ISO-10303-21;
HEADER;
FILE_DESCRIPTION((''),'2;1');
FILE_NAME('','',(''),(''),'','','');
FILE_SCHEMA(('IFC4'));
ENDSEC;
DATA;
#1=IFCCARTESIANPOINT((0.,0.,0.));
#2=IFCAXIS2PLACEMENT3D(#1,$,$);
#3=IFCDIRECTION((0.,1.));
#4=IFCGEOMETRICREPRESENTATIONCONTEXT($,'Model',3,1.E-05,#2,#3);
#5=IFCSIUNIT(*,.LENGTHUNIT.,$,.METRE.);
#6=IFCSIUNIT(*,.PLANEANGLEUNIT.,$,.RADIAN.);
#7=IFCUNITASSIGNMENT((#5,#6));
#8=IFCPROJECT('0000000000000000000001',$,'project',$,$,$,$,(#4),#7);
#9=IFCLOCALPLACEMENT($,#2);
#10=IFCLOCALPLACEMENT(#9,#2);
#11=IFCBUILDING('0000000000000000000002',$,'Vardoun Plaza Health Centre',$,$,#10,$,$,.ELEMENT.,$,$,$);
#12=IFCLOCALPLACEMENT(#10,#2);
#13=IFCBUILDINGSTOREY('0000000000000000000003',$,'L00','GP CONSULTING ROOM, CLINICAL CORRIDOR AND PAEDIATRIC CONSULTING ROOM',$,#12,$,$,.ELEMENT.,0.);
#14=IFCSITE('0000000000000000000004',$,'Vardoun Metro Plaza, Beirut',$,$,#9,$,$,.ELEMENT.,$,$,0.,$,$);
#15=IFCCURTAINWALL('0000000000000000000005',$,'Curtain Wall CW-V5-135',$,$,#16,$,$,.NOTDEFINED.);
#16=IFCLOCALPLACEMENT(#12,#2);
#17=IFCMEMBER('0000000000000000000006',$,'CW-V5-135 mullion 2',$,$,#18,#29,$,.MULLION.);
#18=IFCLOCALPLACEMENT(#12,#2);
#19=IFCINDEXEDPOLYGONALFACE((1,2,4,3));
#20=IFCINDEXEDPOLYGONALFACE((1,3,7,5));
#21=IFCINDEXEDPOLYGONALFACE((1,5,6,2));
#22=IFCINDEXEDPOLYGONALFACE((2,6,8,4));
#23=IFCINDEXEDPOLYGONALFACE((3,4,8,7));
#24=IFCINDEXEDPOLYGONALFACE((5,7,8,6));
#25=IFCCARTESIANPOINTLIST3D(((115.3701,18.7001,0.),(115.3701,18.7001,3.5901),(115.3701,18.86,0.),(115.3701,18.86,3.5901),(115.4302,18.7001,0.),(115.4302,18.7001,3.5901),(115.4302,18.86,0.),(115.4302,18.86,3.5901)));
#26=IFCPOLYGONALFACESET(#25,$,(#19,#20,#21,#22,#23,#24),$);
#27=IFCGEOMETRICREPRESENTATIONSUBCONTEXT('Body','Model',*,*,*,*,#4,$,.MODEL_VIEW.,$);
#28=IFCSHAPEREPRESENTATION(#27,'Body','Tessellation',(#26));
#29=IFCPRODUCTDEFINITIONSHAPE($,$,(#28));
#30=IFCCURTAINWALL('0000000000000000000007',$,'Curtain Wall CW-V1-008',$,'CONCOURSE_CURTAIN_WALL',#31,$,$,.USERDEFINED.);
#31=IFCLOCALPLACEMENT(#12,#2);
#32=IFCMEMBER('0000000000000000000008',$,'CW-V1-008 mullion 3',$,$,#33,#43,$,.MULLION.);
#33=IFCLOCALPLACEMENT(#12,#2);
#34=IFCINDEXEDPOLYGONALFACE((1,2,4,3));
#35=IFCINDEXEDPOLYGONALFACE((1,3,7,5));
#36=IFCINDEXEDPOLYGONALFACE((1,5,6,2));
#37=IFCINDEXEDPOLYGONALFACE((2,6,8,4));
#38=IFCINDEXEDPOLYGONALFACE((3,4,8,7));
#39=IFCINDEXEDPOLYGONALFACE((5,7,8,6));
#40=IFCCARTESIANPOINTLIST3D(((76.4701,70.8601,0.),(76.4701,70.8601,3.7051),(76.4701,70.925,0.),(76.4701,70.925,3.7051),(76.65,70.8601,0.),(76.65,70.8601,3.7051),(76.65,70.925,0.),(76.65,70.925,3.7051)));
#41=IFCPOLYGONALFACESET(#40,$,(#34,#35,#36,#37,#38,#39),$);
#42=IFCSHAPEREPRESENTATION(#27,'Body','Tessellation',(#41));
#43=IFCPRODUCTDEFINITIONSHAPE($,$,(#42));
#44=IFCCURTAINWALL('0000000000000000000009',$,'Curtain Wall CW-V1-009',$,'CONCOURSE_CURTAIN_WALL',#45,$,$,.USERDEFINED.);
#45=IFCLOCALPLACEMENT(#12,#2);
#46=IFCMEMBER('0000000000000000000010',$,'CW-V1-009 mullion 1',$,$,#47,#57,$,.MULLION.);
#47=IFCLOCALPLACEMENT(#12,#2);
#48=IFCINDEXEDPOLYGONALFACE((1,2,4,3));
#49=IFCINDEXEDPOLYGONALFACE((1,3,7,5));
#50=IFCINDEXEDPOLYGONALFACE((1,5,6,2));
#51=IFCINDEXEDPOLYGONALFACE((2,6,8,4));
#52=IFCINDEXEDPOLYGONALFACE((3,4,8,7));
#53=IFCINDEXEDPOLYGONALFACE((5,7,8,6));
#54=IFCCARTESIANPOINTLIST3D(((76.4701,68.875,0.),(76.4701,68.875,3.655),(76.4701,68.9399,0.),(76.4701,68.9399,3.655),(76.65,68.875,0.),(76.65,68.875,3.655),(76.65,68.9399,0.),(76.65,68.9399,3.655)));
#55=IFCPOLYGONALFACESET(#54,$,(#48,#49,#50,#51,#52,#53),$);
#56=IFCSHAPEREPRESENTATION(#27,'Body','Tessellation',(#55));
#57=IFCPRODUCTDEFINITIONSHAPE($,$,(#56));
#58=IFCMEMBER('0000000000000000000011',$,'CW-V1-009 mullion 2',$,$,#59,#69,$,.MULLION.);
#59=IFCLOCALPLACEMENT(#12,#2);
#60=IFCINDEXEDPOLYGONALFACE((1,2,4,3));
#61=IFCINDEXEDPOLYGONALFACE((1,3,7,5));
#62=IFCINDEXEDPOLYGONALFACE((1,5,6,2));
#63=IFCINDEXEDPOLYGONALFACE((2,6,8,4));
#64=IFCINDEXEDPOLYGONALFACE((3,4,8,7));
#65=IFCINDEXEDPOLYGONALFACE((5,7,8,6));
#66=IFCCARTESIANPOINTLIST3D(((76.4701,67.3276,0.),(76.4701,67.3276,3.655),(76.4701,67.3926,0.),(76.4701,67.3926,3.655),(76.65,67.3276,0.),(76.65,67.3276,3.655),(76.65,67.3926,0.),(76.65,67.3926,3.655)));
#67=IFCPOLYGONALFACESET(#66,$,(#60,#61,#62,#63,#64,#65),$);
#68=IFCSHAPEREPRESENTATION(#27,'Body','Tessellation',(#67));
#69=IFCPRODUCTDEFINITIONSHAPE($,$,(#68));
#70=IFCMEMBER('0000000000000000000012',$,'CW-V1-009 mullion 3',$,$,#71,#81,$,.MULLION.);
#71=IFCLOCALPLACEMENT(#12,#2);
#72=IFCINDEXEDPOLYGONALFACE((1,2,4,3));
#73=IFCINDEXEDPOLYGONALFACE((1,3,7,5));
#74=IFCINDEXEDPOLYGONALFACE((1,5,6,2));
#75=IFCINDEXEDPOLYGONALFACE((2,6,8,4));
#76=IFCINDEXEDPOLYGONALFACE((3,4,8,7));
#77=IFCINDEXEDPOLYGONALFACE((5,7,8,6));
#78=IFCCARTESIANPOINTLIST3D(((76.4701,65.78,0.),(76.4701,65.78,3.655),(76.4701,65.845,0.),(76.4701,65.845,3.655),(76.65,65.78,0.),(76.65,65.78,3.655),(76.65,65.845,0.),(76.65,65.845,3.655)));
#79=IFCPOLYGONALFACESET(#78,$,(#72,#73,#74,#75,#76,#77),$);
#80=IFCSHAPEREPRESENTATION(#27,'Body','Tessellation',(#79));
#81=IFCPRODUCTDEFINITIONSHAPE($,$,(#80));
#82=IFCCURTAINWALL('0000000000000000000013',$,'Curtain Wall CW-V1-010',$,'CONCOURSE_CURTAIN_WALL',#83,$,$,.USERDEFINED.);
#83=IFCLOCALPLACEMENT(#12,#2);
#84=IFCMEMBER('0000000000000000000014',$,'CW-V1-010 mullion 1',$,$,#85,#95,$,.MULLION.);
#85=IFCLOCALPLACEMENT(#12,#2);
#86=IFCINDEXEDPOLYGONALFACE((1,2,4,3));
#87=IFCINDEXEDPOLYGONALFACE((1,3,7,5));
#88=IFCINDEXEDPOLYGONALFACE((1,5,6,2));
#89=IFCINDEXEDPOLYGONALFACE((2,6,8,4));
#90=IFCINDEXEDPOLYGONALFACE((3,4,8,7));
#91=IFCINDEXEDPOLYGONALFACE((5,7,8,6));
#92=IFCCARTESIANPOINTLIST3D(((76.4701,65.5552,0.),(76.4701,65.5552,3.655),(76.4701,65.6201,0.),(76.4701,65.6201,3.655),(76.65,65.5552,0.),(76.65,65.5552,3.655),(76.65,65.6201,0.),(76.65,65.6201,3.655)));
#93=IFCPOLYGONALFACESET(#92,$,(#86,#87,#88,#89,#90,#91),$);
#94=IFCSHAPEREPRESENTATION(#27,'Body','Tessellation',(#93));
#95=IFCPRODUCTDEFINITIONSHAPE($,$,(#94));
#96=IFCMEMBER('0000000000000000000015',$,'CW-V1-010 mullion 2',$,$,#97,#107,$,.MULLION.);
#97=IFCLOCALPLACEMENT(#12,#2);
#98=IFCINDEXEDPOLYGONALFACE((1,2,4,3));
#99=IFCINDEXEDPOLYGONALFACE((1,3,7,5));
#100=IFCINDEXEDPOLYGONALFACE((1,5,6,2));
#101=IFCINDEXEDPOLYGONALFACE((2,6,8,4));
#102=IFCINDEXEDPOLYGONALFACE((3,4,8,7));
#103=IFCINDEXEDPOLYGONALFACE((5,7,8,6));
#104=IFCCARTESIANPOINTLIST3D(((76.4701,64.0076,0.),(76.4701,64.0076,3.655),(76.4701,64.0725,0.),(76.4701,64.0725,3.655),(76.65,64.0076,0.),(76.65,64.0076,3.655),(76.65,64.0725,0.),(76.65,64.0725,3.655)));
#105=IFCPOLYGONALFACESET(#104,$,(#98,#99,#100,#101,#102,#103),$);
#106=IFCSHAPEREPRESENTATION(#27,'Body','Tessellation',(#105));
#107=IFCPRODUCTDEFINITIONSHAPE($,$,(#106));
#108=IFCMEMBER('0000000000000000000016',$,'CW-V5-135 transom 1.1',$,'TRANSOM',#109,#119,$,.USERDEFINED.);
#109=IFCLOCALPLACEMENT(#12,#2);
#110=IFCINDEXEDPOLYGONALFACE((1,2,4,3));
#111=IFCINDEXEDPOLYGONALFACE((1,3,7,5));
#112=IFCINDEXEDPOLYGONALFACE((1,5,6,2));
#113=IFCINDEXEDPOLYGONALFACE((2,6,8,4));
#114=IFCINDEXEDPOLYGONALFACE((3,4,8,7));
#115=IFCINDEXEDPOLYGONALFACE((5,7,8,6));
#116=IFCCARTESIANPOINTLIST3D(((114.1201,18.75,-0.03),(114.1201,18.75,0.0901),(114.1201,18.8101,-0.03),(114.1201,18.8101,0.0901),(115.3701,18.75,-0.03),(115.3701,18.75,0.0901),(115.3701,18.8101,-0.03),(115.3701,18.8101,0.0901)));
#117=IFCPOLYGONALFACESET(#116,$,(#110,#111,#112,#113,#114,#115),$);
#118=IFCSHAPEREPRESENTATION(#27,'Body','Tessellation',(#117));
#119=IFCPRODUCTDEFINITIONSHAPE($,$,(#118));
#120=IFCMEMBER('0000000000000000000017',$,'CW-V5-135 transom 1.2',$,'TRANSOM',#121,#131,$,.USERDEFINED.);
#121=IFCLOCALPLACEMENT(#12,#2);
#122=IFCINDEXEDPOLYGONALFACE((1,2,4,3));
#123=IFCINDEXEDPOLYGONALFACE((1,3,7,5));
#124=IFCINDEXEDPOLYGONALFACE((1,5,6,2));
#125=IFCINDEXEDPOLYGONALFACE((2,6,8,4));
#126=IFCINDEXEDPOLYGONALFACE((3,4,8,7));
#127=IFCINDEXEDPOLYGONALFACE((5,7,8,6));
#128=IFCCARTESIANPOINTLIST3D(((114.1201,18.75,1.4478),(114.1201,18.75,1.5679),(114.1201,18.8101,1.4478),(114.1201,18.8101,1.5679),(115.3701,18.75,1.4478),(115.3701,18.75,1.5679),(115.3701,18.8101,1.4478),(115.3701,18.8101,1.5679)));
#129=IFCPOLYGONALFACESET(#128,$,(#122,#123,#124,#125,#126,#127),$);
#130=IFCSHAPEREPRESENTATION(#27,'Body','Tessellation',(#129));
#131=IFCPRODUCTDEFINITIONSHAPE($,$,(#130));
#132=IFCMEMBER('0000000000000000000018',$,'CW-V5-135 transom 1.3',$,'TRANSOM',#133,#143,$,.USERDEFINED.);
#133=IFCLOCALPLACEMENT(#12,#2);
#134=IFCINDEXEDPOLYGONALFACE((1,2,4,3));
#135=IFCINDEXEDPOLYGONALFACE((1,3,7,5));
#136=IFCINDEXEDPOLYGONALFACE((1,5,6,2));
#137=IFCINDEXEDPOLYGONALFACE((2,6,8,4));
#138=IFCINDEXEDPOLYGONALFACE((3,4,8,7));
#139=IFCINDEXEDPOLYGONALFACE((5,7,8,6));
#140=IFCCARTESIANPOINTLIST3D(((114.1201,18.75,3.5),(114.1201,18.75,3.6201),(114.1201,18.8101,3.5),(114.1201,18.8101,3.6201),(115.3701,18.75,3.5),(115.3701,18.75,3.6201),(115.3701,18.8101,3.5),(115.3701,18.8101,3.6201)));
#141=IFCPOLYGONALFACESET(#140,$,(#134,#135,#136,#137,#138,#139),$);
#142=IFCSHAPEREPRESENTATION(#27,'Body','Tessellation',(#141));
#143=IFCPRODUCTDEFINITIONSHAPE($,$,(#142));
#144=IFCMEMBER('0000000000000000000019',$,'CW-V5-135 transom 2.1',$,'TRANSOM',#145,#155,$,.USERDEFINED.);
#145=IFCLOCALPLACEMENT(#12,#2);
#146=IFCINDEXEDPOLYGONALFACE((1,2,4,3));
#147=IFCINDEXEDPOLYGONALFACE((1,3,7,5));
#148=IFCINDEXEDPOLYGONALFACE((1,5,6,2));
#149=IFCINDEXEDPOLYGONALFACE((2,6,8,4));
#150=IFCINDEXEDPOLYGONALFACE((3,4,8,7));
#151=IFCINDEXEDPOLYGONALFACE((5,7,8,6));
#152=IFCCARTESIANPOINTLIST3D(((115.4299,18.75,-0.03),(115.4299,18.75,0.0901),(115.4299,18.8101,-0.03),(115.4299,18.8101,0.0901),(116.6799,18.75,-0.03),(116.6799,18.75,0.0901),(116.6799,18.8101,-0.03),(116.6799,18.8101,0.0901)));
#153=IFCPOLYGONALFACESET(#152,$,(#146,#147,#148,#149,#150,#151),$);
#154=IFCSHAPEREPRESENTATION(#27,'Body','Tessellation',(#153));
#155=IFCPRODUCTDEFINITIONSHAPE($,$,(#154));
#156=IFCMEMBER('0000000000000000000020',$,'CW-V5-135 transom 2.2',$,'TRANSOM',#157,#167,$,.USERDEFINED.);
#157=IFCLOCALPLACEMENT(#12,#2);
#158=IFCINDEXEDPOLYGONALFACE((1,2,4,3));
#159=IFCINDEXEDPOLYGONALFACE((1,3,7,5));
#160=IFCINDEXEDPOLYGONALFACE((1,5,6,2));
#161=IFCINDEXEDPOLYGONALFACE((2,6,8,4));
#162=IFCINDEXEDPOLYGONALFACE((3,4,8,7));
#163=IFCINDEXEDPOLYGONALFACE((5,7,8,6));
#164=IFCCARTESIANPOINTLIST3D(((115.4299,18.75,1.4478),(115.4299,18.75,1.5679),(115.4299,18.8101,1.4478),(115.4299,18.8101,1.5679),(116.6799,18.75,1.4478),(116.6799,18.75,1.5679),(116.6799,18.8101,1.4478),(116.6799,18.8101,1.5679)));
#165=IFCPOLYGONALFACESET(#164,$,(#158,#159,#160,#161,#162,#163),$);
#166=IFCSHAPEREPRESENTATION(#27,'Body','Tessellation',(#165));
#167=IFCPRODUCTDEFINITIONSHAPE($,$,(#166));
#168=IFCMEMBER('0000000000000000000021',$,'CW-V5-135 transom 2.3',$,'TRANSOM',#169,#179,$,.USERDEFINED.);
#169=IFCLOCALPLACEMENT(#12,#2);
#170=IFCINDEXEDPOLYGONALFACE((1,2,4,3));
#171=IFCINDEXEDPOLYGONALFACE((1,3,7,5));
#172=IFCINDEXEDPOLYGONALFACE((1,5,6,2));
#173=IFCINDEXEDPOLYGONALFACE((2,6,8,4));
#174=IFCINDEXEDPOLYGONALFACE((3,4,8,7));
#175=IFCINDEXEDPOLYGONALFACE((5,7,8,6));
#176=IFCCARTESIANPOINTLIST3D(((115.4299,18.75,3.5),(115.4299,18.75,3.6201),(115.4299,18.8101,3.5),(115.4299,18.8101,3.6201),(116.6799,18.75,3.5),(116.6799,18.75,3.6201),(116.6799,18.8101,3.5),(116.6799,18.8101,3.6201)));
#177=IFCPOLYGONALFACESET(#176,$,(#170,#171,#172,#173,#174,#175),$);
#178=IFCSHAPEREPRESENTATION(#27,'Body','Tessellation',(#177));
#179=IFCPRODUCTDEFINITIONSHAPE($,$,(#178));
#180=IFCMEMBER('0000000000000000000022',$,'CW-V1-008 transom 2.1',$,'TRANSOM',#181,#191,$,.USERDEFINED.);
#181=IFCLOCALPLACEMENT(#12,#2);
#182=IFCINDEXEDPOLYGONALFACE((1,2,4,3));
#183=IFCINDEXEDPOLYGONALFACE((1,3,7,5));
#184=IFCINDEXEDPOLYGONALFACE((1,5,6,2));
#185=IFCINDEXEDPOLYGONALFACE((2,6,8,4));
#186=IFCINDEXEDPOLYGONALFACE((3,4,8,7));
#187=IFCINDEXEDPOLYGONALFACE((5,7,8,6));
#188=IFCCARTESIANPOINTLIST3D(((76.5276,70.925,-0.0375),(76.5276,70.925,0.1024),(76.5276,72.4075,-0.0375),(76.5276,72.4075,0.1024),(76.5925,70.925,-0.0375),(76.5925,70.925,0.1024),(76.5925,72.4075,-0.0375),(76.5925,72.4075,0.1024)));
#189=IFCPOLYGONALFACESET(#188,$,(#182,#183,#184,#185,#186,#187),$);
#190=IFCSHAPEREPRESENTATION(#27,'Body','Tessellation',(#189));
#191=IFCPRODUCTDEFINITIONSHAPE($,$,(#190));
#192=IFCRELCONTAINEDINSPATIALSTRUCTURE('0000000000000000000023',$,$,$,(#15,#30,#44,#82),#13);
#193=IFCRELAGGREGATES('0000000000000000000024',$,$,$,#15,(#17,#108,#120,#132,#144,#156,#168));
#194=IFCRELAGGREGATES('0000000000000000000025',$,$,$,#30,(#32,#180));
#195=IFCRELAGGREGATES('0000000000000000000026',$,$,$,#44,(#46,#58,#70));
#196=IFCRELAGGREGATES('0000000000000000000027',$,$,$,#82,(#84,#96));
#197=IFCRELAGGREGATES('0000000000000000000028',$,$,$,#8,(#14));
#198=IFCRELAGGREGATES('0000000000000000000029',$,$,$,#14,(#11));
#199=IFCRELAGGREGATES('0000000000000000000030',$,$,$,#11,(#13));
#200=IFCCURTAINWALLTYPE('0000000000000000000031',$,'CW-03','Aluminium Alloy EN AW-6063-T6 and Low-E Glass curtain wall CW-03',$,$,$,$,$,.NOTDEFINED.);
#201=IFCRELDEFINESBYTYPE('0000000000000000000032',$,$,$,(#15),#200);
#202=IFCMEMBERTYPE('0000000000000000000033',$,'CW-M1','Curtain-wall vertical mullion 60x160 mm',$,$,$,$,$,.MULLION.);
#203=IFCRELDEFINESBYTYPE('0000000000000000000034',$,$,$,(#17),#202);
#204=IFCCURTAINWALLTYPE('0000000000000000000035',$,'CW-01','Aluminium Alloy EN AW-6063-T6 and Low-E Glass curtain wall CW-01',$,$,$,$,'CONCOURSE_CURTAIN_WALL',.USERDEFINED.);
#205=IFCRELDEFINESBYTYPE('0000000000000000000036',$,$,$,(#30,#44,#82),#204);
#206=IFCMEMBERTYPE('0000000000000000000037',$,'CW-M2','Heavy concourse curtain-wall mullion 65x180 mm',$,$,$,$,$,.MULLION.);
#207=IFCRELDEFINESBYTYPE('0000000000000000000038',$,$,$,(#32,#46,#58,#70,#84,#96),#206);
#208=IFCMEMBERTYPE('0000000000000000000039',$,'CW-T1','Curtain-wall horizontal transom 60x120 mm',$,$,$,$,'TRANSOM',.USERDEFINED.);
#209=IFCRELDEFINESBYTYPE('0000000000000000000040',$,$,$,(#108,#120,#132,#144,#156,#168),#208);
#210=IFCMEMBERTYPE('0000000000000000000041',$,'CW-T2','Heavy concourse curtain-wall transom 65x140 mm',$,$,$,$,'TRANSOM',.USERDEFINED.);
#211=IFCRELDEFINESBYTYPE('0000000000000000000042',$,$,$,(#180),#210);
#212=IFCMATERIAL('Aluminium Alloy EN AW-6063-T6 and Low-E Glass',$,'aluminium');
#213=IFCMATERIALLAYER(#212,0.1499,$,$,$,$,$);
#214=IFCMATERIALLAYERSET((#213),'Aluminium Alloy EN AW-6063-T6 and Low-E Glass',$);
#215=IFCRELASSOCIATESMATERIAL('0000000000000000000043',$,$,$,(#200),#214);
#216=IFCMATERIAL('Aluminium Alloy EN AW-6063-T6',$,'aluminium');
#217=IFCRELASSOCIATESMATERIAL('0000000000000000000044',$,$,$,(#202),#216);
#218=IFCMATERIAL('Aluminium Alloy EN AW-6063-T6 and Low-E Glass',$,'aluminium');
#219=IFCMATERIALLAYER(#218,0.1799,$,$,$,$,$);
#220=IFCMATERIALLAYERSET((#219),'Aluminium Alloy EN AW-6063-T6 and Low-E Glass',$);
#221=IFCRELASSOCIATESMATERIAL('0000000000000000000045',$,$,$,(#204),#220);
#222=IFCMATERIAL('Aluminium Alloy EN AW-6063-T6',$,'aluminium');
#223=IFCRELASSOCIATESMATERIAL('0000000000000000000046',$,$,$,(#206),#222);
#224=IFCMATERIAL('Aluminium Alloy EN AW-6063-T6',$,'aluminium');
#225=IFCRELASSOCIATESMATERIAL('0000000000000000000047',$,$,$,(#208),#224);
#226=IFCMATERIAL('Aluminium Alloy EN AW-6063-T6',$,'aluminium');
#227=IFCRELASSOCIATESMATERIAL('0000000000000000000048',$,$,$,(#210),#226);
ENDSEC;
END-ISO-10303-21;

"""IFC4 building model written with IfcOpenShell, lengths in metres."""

from ifc_helpers import new_model, si_unit, direction, frame, origin, origin_2d, place, context, subcontext, project, spatial, rectangle, extrude, material, layer, layer_set, material_profile, profile_set, type_object, element, aggregate, save


model = new_model("IFC4")

# Units and contexts
model_context = context("Model", 3, precision=1e-05, world=origin(), true_north=direction((0.0, 1.0)))
body_context = subcontext(model_context, "Body", "Model", "MODEL_VIEW")
ifc_project = project(units=[si_unit("LENGTHUNIT", "METRE"), si_unit("PLANEANGLEUNIT", "RADIAN")], contexts=[model_context])

# Site, building, storey
site_placement = place(None, origin())
site = spatial("IfcSite", under=ifc_project, at=site_placement, Name="Vardoun Metro Plaza, Beirut", CompositionType="ELEMENT", RefElevation=0.0)
building_placement = place(site_placement, origin())
building = spatial("IfcBuilding", under=site, at=building_placement, Name="Vardoun Plaza Health Centre", CompositionType="ELEMENT")
storey_placement = place(building_placement, origin())
storey = spatial("IfcBuildingStorey", under=building, at=storey_placement, Name="L00", Description="GP CONSULTING ROOM, CLINICAL CORRIDOR AND PAEDIATRIC CONSULTING ROOM", CompositionType="ELEMENT", Elevation=0.0)

# Curtain walls, members
ifc_material_1 = material(Name="Aluminium Alloy EN AW-6063-T6 and Low-E Glass", Category="aluminium")
ifc_layer_1 = layer(ifc_material_1, 0.1499)
ifc_layer_set_1 = layer_set([ifc_layer_1], Name="Aluminium Alloy EN AW-6063-T6 and Low-E Glass")
curtain_wall_type_1 = type_object("IfcCurtainWallType", Name="CW-03", Description="Aluminium Alloy EN AW-6063-T6 and Low-E Glass curtain wall CW-03", PredefinedType="NOTDEFINED", material=ifc_layer_set_1)
curtain_wall_1_placement = place(storey_placement, origin())
curtain_wall_1 = element("IfcCurtainWall", 1, at=curtain_wall_1_placement, inside=storey, type_object=curtain_wall_type_1, Name="Curtain Wall CW-V5-135", PredefinedType="NOTDEFINED")
ifc_material_2 = material(Name="Aluminium Alloy EN AW-6063-T6", Category="aluminium")
ifc_material_profile_1 = material_profile(ifc_material_2, rectangle(XDim=0.1599, YDim=0.0601, at=origin_2d()), Name="CWM 60x160")
ifc_profile_set_1 = profile_set([ifc_material_profile_1], Name="Aluminium Alloy EN AW-6063-T6")
member_type_1 = type_object("IfcMemberType", Name="CW-M1", Description="Curtain-wall vertical mullion 60x160 mm", PredefinedType="MULLION", material=ifc_profile_set_1)
member_1_placement = place(storey_placement, frame((115.4001, 18.78, 0.0), z_axis=(0.0, 0.0, 1.0), x_axis=(0.0, 1.0, 0.0)))
member_1 = element("IfcMember", 2, at=member_1_placement, type_object=member_type_1, Name="CW-V5-135 mullion 2", PredefinedType="MULLION", context=body_context, shape_type="SweptSolid", body=[
    extrude(rectangle(XDim=0.1599, YDim=0.0601, at=origin_2d()), origin(), (0.0, 0.0, 1.0), 3.5901),
])
ifc_material_3 = material(Name="Aluminium Alloy EN AW-6063-T6 and Low-E Glass", Category="aluminium")
ifc_layer_2 = layer(ifc_material_3, 0.1799)
ifc_layer_set_2 = layer_set([ifc_layer_2], Name="Aluminium Alloy EN AW-6063-T6 and Low-E Glass")
curtain_wall_type_2 = type_object("IfcCurtainWallType", Name="CW-01", Description="Aluminium Alloy EN AW-6063-T6 and Low-E Glass curtain wall CW-01", ElementType="CONCOURSE_CURTAIN_WALL", PredefinedType="USERDEFINED", material=ifc_layer_set_2)
curtain_wall_2_placement = place(storey_placement, origin())
curtain_wall_2 = element("IfcCurtainWall", 3, at=curtain_wall_2_placement, inside=storey, type_object=curtain_wall_type_2, Name="Curtain Wall CW-V1-008", ObjectType="CONCOURSE_CURTAIN_WALL", PredefinedType="USERDEFINED")
ifc_material_4 = material(Name="Aluminium Alloy EN AW-6063-T6", Category="aluminium")
ifc_material_profile_2 = material_profile(ifc_material_4, rectangle(XDim=0.1799, YDim=0.0649, at=origin_2d()), Name="CWM 65x180")
ifc_profile_set_2 = profile_set([ifc_material_profile_2], Name="Aluminium Alloy EN AW-6063-T6")
member_type_2 = type_object("IfcMemberType", Name="CW-M2", Description="Heavy concourse curtain-wall mullion 65x180 mm", PredefinedType="MULLION", material=ifc_profile_set_2)
member_2_placement = place(storey_placement, frame((76.5601, 70.8926, 0.0), z_axis=(0.0, 0.0, 1.0), x_axis=(1.0, 0.0, 0.0)))
member_2 = element("IfcMember", 4, at=member_2_placement, type_object=member_type_2, Name="CW-V1-008 mullion 3", PredefinedType="MULLION", context=body_context, shape_type="SweptSolid", body=[
    extrude(rectangle(XDim=0.1799, YDim=0.0649, at=origin_2d()), origin(), (0.0, 0.0, 1.0), 3.7051),
])

# Curtain walls, members
curtain_wall_3_placement = place(storey_placement, origin())
curtain_wall_3 = element("IfcCurtainWall", 5, at=curtain_wall_3_placement, inside=storey, type_object=curtain_wall_type_2, Name="Curtain Wall CW-V1-009", ObjectType="CONCOURSE_CURTAIN_WALL", PredefinedType="USERDEFINED")
member_3_placement = place(storey_placement, frame((76.5601, 68.9075, 0.0), z_axis=(0.0, 0.0, 1.0), x_axis=(1.0, 0.0, 0.0)))
member_3 = element("IfcMember", 6, at=member_3_placement, type_object=member_type_2, Name="CW-V1-009 mullion 1", PredefinedType="MULLION", context=body_context, shape_type="SweptSolid", body=[
    extrude(rectangle(XDim=0.1799, YDim=0.0649, at=origin_2d()), origin(), (0.0, 0.0, 1.0), 3.655),
])
member_4_placement = place(storey_placement, frame((76.5601, 67.3601, 0.0), z_axis=(0.0, 0.0, 1.0), x_axis=(1.0, 0.0, 0.0)))
member_4 = element("IfcMember", 7, at=member_4_placement, type_object=member_type_2, Name="CW-V1-009 mullion 2", PredefinedType="MULLION", context=body_context, shape_type="SweptSolid", body=[
    extrude(rectangle(XDim=0.1799, YDim=0.0649, at=origin_2d()), origin(), (0.0, 0.0, 1.0), 3.655),
])
member_5_placement = place(storey_placement, frame((76.5601, 65.8125, 0.0), z_axis=(0.0, 0.0, 1.0), x_axis=(1.0, 0.0, 0.0)))
member_5 = element("IfcMember", 8, at=member_5_placement, type_object=member_type_2, Name="CW-V1-009 mullion 3", PredefinedType="MULLION", context=body_context, shape_type="SweptSolid", body=[
    extrude(rectangle(XDim=0.1799, YDim=0.0649, at=origin_2d()), origin(), (0.0, 0.0, 1.0), 3.655),
])
curtain_wall_4_placement = place(storey_placement, origin())
curtain_wall_4 = element("IfcCurtainWall", 9, at=curtain_wall_4_placement, inside=storey, type_object=curtain_wall_type_2, Name="Curtain Wall CW-V1-010", ObjectType="CONCOURSE_CURTAIN_WALL", PredefinedType="USERDEFINED")
member_6_placement = place(storey_placement, frame((76.5601, 65.5876, 0.0), z_axis=(0.0, 0.0, 1.0), x_axis=(1.0, 0.0, 0.0)))
member_6 = element("IfcMember", 10, at=member_6_placement, type_object=member_type_2, Name="CW-V1-010 mullion 1", PredefinedType="MULLION", context=body_context, shape_type="SweptSolid", body=[
    extrude(rectangle(XDim=0.1799, YDim=0.0649, at=origin_2d()), origin(), (0.0, 0.0, 1.0), 3.655),
])
member_7_placement = place(storey_placement, frame((76.5601, 64.04, 0.0), z_axis=(0.0, 0.0, 1.0), x_axis=(1.0, 0.0, 0.0)))
member_7 = element("IfcMember", 11, at=member_7_placement, type_object=member_type_2, Name="CW-V1-010 mullion 2", PredefinedType="MULLION", context=body_context, shape_type="SweptSolid", body=[
    extrude(rectangle(XDim=0.1799, YDim=0.0649, at=origin_2d()), origin(), (0.0, 0.0, 1.0), 3.655),
])

# Members
ifc_material_5 = material(Name="Aluminium Alloy EN AW-6063-T6", Category="aluminium")
ifc_material_profile_3 = material_profile(ifc_material_5, rectangle(XDim=0.0601, YDim=0.1201, at=origin_2d()), Name="CWT 60x120")
ifc_profile_set_3 = profile_set([ifc_material_profile_3], Name="Aluminium Alloy EN AW-6063-T6")
member_type_3 = type_object("IfcMemberType", Name="CW-T1", Description="Curtain-wall horizontal transom 60x120 mm", ElementType="TRANSOM", PredefinedType="USERDEFINED", material=ifc_profile_set_3)
member_8_placement = place(storey_placement, frame((114.1201, 18.78, 0.03), z_axis=(1.0, 0.0, 0.0), x_axis=(0.0, 1.0, 0.0)))
member_8 = element("IfcMember", 12, at=member_8_placement, type_object=member_type_3, Name="CW-V5-135 transom 1.1", ObjectType="TRANSOM", PredefinedType="USERDEFINED", context=body_context, shape_type="SweptSolid", body=[
    extrude(rectangle(XDim=0.0601, YDim=0.1201, at=origin_2d()), origin(), (0.0, 0.0, 1.0), 1.25),
])
member_9_placement = place(storey_placement, frame((114.1201, 18.78, 1.5078), z_axis=(1.0, 0.0, 0.0), x_axis=(0.0, 1.0, 0.0)))
member_9 = element("IfcMember", 13, at=member_9_placement, type_object=member_type_3, Name="CW-V5-135 transom 1.2", ObjectType="TRANSOM", PredefinedType="USERDEFINED", context=body_context, shape_type="SweptSolid", body=[
    extrude(rectangle(XDim=0.0601, YDim=0.1201, at=origin_2d()), origin(), (0.0, 0.0, 1.0), 1.25),
])
member_10_placement = place(storey_placement, frame((114.1201, 18.78, 3.5601), z_axis=(1.0, 0.0, 0.0), x_axis=(0.0, 1.0, 0.0)))
member_10 = element("IfcMember", 14, at=member_10_placement, type_object=member_type_3, Name="CW-V5-135 transom 1.3", ObjectType="TRANSOM", PredefinedType="USERDEFINED", context=body_context, shape_type="SweptSolid", body=[
    extrude(rectangle(XDim=0.0601, YDim=0.1201, at=origin_2d()), origin(), (0.0, 0.0, 1.0), 1.25),
])
member_11_placement = place(storey_placement, frame((115.4299, 18.78, 0.03), z_axis=(1.0, 0.0, 0.0), x_axis=(0.0, 1.0, 0.0)))
member_11 = element("IfcMember", 15, at=member_11_placement, type_object=member_type_3, Name="CW-V5-135 transom 2.1", ObjectType="TRANSOM", PredefinedType="USERDEFINED", context=body_context, shape_type="SweptSolid", body=[
    extrude(rectangle(XDim=0.0601, YDim=0.1201, at=origin_2d()), origin(), (0.0, 0.0, 1.0), 1.25),
])
member_12_placement = place(storey_placement, frame((115.4299, 18.78, 1.5078), z_axis=(1.0, 0.0, 0.0), x_axis=(0.0, 1.0, 0.0)))
member_12 = element("IfcMember", 16, at=member_12_placement, type_object=member_type_3, Name="CW-V5-135 transom 2.2", ObjectType="TRANSOM", PredefinedType="USERDEFINED", context=body_context, shape_type="SweptSolid", body=[
    extrude(rectangle(XDim=0.0601, YDim=0.1201, at=origin_2d()), origin(), (0.0, 0.0, 1.0), 1.25),
])
member_13_placement = place(storey_placement, frame((115.4299, 18.78, 3.5601), z_axis=(1.0, 0.0, 0.0), x_axis=(0.0, 1.0, 0.0)))
member_13 = element("IfcMember", 17, at=member_13_placement, type_object=member_type_3, Name="CW-V5-135 transom 2.3", ObjectType="TRANSOM", PredefinedType="USERDEFINED", context=body_context, shape_type="SweptSolid", body=[
    extrude(rectangle(XDim=0.0601, YDim=0.1201, at=origin_2d()), origin(), (0.0, 0.0, 1.0), 1.25),
])
ifc_material_6 = material(Name="Aluminium Alloy EN AW-6063-T6", Category="aluminium")
ifc_material_profile_4 = material_profile(ifc_material_6, rectangle(XDim=0.0649, YDim=0.1399, at=origin_2d()), Name="CWT 65x140")
ifc_profile_set_4 = profile_set([ifc_material_profile_4], Name="Aluminium Alloy EN AW-6063-T6")
member_type_4 = type_object("IfcMemberType", Name="CW-T2", Description="Heavy concourse curtain-wall transom 65x140 mm", ElementType="TRANSOM", PredefinedType="USERDEFINED", material=ifc_profile_set_4)
member_14_placement = place(storey_placement, frame((76.5601, 72.4075, 0.0325), z_axis=(0.0, -1.0, 0.0), x_axis=(1.0, 0.0, 0.0)))
member_14 = element("IfcMember", 18, at=member_14_placement, type_object=member_type_4, Name="CW-V1-008 transom 2.1", ObjectType="TRANSOM", PredefinedType="USERDEFINED", context=body_context, shape_type="SweptSolid", body=[
    extrude(rectangle(XDim=0.0649, YDim=0.1399, at=origin_2d()), origin(), (0.0, 0.0, 1.0), 1.4824),
])

aggregate(curtain_wall_1, [member_1, member_8, member_9, member_10, member_11, member_12, member_13])
aggregate(curtain_wall_2, [member_2, member_14])
aggregate(curtain_wall_3, [member_3, member_4, member_5])
aggregate(curtain_wall_4, [member_6, member_7])

save(model, "model.ifc")
